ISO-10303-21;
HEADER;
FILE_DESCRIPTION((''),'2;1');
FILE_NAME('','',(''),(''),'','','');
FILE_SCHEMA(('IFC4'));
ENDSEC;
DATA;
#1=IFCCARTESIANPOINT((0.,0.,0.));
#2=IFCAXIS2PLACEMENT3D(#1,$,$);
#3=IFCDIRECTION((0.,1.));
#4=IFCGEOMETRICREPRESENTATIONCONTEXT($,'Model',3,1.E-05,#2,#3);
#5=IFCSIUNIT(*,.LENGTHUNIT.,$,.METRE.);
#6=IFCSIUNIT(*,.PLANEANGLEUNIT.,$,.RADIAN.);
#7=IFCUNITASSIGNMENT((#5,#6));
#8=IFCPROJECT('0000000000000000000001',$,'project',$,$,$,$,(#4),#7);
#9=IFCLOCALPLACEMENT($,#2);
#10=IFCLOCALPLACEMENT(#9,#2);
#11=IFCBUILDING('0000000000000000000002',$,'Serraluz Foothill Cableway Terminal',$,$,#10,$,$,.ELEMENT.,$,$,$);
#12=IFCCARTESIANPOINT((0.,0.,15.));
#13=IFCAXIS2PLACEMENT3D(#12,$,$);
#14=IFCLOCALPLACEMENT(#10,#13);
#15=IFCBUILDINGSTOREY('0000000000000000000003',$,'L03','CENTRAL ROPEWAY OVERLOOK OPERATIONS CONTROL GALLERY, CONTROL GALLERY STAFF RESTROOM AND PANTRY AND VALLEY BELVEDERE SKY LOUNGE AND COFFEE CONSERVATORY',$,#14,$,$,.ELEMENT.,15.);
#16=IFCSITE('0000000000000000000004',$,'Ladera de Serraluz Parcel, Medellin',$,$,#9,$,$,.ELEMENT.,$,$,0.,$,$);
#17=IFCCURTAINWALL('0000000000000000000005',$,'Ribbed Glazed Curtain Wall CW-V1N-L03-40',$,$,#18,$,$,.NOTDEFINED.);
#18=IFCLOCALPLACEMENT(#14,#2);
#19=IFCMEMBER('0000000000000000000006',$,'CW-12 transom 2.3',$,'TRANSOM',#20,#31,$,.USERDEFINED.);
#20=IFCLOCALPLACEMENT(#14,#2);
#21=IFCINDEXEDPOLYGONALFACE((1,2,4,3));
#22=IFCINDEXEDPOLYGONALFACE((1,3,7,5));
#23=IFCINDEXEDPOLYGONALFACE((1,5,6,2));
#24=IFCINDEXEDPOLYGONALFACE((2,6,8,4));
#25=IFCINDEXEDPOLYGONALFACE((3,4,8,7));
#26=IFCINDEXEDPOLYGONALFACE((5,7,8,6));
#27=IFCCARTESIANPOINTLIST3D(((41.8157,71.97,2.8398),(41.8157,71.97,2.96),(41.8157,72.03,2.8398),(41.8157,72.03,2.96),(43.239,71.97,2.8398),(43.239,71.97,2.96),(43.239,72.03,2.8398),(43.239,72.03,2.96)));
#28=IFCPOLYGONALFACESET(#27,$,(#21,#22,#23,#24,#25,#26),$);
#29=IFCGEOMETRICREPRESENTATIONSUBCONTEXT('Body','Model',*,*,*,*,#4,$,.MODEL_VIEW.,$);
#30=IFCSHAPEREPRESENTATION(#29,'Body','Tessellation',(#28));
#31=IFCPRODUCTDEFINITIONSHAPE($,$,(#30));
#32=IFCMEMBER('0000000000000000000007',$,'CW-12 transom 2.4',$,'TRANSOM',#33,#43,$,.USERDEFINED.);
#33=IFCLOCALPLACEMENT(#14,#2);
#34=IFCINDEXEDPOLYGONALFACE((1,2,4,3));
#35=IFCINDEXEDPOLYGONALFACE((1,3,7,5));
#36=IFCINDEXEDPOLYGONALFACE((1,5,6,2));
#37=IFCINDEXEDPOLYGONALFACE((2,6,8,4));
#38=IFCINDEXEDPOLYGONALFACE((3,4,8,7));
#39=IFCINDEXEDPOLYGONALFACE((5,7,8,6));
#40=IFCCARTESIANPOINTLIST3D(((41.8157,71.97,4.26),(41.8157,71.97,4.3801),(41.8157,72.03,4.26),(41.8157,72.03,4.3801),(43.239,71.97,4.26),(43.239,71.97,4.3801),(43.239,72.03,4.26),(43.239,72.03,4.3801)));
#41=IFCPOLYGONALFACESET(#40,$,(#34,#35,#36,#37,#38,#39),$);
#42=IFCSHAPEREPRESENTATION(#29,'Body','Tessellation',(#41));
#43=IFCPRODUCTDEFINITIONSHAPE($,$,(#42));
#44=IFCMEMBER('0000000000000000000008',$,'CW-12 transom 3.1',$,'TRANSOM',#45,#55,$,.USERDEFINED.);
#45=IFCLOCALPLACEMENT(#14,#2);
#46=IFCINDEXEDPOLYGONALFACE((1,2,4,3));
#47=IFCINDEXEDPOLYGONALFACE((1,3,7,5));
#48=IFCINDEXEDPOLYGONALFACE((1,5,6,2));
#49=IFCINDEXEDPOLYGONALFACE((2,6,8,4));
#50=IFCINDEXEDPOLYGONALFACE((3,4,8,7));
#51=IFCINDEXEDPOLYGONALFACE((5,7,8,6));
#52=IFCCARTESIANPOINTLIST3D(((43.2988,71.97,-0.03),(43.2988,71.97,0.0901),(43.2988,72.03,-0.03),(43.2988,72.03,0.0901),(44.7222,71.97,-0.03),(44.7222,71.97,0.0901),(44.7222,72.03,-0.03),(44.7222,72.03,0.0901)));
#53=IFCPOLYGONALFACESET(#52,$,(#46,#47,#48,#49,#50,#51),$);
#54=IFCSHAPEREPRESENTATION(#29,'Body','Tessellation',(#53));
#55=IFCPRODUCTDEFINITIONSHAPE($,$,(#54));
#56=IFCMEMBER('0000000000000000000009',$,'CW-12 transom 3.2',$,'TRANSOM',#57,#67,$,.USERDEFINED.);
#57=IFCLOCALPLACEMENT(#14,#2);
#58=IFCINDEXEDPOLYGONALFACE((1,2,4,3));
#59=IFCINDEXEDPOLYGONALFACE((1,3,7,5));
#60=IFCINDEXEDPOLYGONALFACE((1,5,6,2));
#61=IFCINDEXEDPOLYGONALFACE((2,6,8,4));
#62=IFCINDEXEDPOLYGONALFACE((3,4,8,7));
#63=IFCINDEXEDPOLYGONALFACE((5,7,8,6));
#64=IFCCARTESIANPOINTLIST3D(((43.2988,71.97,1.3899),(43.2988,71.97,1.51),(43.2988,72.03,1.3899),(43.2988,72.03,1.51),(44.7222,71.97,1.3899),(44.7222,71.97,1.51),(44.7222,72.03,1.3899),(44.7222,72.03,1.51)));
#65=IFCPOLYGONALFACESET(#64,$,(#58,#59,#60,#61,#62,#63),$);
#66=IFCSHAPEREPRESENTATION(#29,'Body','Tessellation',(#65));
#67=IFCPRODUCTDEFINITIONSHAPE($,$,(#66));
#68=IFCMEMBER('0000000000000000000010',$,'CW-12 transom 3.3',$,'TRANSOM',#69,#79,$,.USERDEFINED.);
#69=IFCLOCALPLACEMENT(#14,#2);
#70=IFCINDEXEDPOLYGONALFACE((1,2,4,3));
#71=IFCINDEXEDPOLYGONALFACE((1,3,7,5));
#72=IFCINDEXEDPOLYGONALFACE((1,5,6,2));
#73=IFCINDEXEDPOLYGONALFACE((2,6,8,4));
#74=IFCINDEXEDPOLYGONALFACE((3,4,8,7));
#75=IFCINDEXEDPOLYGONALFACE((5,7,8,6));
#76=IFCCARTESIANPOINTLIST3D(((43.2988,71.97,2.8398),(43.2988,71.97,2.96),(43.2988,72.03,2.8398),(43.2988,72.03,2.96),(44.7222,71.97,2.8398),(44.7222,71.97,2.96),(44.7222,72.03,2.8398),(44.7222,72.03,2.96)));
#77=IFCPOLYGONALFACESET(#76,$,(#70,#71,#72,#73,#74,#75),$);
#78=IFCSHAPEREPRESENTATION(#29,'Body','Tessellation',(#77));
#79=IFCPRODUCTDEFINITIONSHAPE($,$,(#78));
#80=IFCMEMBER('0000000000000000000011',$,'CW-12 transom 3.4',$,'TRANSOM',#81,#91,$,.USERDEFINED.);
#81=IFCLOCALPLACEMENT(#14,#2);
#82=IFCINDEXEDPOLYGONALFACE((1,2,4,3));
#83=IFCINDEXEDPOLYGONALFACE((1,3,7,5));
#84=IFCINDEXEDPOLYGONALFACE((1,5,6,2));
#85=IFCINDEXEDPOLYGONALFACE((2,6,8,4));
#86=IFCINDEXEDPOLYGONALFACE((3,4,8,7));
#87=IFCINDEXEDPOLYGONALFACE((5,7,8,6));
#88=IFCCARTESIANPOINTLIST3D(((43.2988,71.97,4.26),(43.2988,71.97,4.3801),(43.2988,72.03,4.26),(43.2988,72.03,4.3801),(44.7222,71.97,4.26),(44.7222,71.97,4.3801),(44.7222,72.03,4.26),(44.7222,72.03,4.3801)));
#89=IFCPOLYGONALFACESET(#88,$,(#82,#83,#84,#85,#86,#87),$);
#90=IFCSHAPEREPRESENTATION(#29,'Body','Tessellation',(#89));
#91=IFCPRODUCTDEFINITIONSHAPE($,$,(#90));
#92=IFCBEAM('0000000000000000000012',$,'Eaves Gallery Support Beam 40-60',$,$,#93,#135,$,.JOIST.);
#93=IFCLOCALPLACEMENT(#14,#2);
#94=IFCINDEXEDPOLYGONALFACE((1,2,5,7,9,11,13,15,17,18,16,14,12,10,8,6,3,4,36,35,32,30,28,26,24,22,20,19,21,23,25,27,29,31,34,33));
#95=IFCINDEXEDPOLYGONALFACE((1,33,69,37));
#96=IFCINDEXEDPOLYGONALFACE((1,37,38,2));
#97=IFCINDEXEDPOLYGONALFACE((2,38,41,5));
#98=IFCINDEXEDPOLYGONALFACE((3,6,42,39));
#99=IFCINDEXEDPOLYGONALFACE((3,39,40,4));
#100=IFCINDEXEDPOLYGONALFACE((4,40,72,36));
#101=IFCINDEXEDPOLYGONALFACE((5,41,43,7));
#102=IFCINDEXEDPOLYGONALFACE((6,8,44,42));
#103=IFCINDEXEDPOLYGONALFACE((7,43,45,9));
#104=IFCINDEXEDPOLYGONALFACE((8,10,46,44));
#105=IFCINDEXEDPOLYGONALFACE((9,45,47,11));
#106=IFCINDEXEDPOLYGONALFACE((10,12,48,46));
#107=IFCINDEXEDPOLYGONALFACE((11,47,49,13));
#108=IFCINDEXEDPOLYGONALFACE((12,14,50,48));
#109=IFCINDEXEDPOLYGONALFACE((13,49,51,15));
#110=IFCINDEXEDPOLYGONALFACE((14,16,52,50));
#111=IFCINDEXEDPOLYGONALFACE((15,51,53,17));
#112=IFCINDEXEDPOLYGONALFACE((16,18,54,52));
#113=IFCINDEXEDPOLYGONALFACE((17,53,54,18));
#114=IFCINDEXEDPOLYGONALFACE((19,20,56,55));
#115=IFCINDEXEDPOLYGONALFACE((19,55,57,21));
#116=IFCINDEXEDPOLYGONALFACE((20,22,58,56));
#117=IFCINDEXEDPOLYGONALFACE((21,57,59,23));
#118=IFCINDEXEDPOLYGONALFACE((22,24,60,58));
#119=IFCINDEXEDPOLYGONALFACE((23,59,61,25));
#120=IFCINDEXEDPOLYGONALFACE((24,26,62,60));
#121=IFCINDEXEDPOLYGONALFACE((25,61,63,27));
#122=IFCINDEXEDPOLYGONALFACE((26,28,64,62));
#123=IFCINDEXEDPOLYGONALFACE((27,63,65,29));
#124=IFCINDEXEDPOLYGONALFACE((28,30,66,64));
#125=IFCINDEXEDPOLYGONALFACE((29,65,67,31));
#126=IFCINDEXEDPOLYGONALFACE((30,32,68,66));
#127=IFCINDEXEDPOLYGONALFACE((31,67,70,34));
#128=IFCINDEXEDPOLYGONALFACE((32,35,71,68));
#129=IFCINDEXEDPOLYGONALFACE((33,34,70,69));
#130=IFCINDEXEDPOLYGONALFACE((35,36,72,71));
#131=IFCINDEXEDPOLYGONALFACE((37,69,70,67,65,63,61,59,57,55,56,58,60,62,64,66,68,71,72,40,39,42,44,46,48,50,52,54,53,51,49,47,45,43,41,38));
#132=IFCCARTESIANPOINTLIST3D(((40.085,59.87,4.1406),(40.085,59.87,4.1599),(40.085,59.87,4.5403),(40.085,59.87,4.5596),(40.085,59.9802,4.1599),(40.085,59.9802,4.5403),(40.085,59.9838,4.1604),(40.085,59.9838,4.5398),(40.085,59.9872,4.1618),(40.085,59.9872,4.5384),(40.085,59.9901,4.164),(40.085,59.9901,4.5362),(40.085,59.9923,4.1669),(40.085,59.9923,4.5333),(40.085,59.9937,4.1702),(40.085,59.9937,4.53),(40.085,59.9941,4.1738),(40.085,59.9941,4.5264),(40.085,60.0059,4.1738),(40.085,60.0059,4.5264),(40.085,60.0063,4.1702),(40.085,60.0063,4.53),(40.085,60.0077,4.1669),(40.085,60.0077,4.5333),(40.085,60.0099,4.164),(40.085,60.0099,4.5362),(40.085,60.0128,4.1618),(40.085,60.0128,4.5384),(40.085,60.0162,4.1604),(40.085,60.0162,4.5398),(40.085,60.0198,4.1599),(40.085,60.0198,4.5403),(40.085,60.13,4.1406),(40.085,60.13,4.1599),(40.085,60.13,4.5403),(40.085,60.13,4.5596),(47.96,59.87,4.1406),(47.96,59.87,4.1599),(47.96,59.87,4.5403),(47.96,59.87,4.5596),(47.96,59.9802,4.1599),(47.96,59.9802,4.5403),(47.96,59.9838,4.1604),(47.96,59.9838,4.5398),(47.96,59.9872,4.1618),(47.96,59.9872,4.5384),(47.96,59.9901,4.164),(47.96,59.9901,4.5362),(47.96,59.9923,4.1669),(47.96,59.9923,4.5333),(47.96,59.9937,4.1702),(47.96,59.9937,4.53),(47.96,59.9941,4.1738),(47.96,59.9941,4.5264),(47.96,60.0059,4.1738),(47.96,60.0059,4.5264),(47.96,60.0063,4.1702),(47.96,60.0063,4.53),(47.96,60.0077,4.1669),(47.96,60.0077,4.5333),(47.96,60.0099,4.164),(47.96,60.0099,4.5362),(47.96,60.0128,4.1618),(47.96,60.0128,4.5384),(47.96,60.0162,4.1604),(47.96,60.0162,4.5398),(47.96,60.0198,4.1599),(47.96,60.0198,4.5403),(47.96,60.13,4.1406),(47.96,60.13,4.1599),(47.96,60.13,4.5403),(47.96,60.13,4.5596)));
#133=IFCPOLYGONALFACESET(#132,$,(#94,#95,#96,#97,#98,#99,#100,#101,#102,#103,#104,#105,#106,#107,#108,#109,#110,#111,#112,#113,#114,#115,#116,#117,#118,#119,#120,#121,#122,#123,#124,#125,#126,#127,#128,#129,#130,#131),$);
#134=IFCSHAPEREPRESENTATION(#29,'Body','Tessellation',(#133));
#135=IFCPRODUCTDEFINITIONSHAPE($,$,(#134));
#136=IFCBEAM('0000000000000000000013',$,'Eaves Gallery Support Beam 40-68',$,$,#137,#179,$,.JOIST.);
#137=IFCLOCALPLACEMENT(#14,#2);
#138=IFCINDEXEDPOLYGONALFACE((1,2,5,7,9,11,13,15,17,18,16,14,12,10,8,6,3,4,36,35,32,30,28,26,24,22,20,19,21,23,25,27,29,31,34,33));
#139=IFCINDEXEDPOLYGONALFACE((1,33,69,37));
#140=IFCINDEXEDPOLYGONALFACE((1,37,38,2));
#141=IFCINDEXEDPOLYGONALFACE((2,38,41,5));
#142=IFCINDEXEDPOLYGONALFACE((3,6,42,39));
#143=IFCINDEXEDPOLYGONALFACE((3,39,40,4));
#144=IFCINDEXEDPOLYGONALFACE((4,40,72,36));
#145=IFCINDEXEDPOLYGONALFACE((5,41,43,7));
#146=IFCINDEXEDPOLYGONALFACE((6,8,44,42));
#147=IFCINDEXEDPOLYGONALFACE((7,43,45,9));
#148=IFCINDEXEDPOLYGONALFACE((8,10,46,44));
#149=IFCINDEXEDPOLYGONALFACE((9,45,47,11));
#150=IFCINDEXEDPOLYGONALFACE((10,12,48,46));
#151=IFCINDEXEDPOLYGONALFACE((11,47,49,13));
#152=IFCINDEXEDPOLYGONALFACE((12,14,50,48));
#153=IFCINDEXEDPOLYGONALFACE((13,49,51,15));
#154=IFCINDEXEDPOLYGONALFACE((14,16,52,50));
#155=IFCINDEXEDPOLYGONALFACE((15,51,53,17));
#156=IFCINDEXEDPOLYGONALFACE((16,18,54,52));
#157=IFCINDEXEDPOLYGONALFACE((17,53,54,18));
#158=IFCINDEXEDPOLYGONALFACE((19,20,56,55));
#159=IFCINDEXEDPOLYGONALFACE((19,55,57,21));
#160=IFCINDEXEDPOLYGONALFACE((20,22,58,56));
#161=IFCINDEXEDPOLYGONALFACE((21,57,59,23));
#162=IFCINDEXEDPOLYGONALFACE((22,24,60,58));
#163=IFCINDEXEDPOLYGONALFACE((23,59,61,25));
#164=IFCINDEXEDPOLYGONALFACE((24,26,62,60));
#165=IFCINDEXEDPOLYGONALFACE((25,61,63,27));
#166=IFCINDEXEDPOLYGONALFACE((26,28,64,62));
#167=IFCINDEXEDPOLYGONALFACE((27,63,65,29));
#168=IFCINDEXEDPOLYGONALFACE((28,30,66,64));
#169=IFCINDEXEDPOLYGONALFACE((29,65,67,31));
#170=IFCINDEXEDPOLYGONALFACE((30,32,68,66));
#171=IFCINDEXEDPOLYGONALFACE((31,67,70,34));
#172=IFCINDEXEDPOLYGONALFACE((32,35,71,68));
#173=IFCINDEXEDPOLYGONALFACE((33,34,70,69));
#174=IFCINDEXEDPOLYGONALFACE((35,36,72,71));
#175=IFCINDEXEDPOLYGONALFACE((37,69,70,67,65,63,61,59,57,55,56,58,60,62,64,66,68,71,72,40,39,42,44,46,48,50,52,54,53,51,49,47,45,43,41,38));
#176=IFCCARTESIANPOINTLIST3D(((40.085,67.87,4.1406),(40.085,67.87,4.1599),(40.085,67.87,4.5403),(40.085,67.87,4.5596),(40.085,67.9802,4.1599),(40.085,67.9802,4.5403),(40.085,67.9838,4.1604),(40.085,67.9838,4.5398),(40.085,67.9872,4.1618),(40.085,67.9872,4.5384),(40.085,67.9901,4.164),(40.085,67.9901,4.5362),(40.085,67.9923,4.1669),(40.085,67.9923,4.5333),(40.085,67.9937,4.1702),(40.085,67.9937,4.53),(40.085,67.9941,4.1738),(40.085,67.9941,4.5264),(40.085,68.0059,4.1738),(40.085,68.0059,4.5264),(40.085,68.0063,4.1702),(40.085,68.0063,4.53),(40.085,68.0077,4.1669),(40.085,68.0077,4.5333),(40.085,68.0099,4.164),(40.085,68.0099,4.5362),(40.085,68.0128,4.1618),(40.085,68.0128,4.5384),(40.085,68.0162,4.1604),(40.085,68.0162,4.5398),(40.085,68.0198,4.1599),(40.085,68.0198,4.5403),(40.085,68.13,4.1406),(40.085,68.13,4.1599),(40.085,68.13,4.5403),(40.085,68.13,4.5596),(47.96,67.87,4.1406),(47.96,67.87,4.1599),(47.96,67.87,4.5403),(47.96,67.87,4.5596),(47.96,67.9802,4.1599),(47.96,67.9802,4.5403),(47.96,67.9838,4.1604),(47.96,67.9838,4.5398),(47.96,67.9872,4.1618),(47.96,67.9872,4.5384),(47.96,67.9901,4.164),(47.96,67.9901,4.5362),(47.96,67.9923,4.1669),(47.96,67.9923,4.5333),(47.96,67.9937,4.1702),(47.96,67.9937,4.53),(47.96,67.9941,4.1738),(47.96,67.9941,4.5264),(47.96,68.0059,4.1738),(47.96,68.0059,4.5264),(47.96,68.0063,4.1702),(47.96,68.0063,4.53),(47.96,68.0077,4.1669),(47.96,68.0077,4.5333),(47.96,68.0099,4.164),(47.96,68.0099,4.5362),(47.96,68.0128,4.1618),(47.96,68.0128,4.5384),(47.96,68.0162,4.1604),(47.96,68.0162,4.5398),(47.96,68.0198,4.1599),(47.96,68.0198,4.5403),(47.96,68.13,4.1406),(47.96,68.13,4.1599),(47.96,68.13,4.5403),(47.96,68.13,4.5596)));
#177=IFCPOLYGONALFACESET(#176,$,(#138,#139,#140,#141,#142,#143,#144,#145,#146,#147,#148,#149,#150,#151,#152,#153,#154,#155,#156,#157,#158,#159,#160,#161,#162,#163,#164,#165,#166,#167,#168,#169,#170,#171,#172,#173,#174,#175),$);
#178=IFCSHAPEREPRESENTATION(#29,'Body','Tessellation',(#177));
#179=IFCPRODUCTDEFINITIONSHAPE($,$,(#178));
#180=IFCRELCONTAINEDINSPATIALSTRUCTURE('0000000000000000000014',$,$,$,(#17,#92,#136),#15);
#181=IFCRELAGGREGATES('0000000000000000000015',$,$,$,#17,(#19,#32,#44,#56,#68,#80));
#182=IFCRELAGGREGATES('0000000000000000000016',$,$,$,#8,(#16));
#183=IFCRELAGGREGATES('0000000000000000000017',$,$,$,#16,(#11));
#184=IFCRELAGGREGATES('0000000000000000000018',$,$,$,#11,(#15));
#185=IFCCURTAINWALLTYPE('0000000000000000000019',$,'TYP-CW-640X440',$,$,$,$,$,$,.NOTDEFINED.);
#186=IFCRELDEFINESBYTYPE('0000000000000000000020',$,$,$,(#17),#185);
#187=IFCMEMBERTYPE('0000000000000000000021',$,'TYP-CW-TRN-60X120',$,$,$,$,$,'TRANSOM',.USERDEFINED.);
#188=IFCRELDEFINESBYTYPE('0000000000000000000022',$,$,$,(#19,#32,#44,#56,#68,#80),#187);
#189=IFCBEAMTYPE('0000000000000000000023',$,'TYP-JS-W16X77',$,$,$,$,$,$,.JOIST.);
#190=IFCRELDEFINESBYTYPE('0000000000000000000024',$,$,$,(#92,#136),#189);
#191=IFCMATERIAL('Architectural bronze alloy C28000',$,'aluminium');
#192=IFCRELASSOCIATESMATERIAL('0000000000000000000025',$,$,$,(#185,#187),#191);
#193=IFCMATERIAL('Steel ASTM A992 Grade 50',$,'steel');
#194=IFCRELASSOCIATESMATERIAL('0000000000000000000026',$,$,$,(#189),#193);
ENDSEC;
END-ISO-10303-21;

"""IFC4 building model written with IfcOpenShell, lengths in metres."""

from ifc_helpers import new_model, si_unit, direction, frame, origin, origin_2d, place, context, subcontext, project, spatial, rectangle, i_section, extrude, material, material_profile, profile_set, type_object, element, aggregate, save


model = new_model("IFC4")

# Units and contexts
model_context = context("Model", 3, precision=1e-05, world=origin(), true_north=direction((0.0, 1.0)))
body_context = subcontext(model_context, "Body", "Model", "MODEL_VIEW")
ifc_project = project(units=[si_unit("LENGTHUNIT", "METRE"), si_unit("PLANEANGLEUNIT", "RADIAN")], contexts=[model_context])

# Site, building, storey
site_placement = place(None, origin())
site = spatial("IfcSite", under=ifc_project, at=site_placement, Name="Ladera de Serraluz Parcel, Medellin", CompositionType="ELEMENT", RefElevation=0.0)
building_placement = place(site_placement, origin())
building = spatial("IfcBuilding", under=site, at=building_placement, Name="Serraluz Foothill Cableway Terminal", CompositionType="ELEMENT")
storey_placement = place(building_placement, frame((0.0, 0.0, 15.0)))
storey = spatial("IfcBuildingStorey", under=building, at=storey_placement, Name="L03", Description="CENTRAL ROPEWAY OVERLOOK OPERATIONS CONTROL GALLERY, CONTROL GALLERY STAFF RESTROOM AND PANTRY AND VALLEY BELVEDERE SKY LOUNGE AND COFFEE CONSERVATORY", CompositionType="ELEMENT", Elevation=15.0)

# Shared definitions
ifc_material_1 = material(Name="Steel ASTM A992 Grade 50", Category="steel")

# Shared definitions
ifc_material_2 = material(Name="Architectural bronze alloy C28000", Category="aluminium")

# Curtain wall, members
curtain_wall_type_1 = type_object("IfcCurtainWallType", Name="TYP-CW-640X440", PredefinedType="NOTDEFINED", material=ifc_material_2)
curtain_wall_1_placement = place(storey_placement, origin())
curtain_wall_1 = element("IfcCurtainWall", 1, at=curtain_wall_1_placement, inside=storey, type_object=curtain_wall_type_1, Name="Ribbed Glazed Curtain Wall CW-V1N-L03-40", PredefinedType="NOTDEFINED")
ifc_material_profile_1 = material_profile(ifc_material_2, rectangle(XDim=0.0601, YDim=0.1201, at=origin_2d()), Name="ALU TRANSOM 60x120")
ifc_profile_set_1 = profile_set([ifc_material_profile_1], Name="Architectural bronze alloy C28000")
member_type_1 = type_object("IfcMemberType", Name="TYP-CW-TRN-60X120", ElementType="TRANSOM", PredefinedType="USERDEFINED", material=ifc_profile_set_1)
member_1_placement = place(storey_placement, frame((41.8157, 72.0, 2.8999), z_axis=(1.0, 0.0, 0.0), x_axis=(0.0, 1.0, 0.0)))
member_1 = element("IfcMember", 2, at=member_1_placement, type_object=member_type_1, Name="CW-12 transom 2.3", ObjectType="TRANSOM", PredefinedType="USERDEFINED", context=body_context, shape_type="SweptSolid", body=[
    extrude(rectangle(XDim=0.0601, YDim=0.1201, at=origin_2d()), origin(), (0.0, 0.0, 1.0), 1.4233),
])
member_2_placement = place(storey_placement, frame((41.8157, 72.0, 4.3201), z_axis=(1.0, 0.0, 0.0), x_axis=(0.0, 1.0, 0.0)))
member_2 = element("IfcMember", 3, at=member_2_placement, type_object=member_type_1, Name="CW-12 transom 2.4", ObjectType="TRANSOM", PredefinedType="USERDEFINED", context=body_context, shape_type="SweptSolid", body=[
    extrude(rectangle(XDim=0.0601, YDim=0.1201, at=origin_2d()), origin(), (0.0, 0.0, 1.0), 1.4233),
])
member_3_placement = place(storey_placement, frame((43.2988, 72.0, 0.03), z_axis=(1.0, 0.0, 0.0), x_axis=(0.0, 1.0, 0.0)))
member_3 = element("IfcMember", 4, at=member_3_placement, type_object=member_type_1, Name="CW-12 transom 3.1", ObjectType="TRANSOM", PredefinedType="USERDEFINED", context=body_context, shape_type="SweptSolid", body=[
    extrude(rectangle(XDim=0.0601, YDim=0.1201, at=origin_2d()), origin(), (0.0, 0.0, 1.0), 1.4233),
])
member_4_placement = place(storey_placement, frame((43.2988, 72.0, 1.45), z_axis=(1.0, 0.0, 0.0), x_axis=(0.0, 1.0, 0.0)))
member_4 = element("IfcMember", 5, at=member_4_placement, type_object=member_type_1, Name="CW-12 transom 3.2", ObjectType="TRANSOM", PredefinedType="USERDEFINED", context=body_context, shape_type="SweptSolid", body=[
    extrude(rectangle(XDim=0.0601, YDim=0.1201, at=origin_2d()), origin(), (0.0, 0.0, 1.0), 1.4233),
])
member_5_placement = place(storey_placement, frame((43.2988, 72.0, 2.8999), z_axis=(1.0, 0.0, 0.0), x_axis=(0.0, 1.0, 0.0)))
member_5 = element("IfcMember", 6, at=member_5_placement, type_object=member_type_1, Name="CW-12 transom 3.3", ObjectType="TRANSOM", PredefinedType="USERDEFINED", context=body_context, shape_type="SweptSolid", body=[
    extrude(rectangle(XDim=0.0601, YDim=0.1201, at=origin_2d()), origin(), (0.0, 0.0, 1.0), 1.4233),
])
member_6_placement = place(storey_placement, frame((43.2988, 72.0, 4.3201), z_axis=(1.0, 0.0, 0.0), x_axis=(0.0, 1.0, 0.0)))
member_6 = element("IfcMember", 7, at=member_6_placement, type_object=member_type_1, Name="CW-12 transom 3.4", ObjectType="TRANSOM", PredefinedType="USERDEFINED", context=body_context, shape_type="SweptSolid", body=[
    extrude(rectangle(XDim=0.0601, YDim=0.1201, at=origin_2d()), origin(), (0.0, 0.0, 1.0), 1.4233),
])

# Beams
ifc_material_profile_2 = material_profile(ifc_material_1, i_section(OverallWidth=0.26, OverallDepth=0.4189, WebThickness=0.0117, FlangeThickness=0.0193, FilletRadius=0.0139, at=origin_2d()), Name="W16X77")
ifc_profile_set_2 = profile_set([ifc_material_profile_2], Name="Steel ASTM A992 Grade 50")
beam_type_1 = type_object("IfcBeamType", Name="TYP-JS-W16X77", PredefinedType="JOIST", material=ifc_profile_set_2)
for number, where, z_axis, x_axis, name in (
    (8, (40.085, 60.0, 4.3501), (1.0, 0.0, 0.0), (0.0, 1.0, 0.0), "Eaves Gallery Support Beam 40-60"),
    (9, (40.085, 68.0, 4.3501), (1.0, 0.0, 0.0), (0.0, 1.0, 0.0), "Eaves Gallery Support Beam 40-68"),
):
    element("IfcBeam", number, at=place(storey_placement, frame(where, z_axis=z_axis, x_axis=x_axis)), inside=storey, type_object=beam_type_1, Name=name, PredefinedType="JOIST", context=body_context, shape_type="SweptSolid", body=[
        extrude(i_section(OverallWidth=0.26, OverallDepth=0.4189, WebThickness=0.0117, FlangeThickness=0.0193, FilletRadius=0.0139, at=origin_2d()), origin(), (0.0, 0.0, 1.0), 7.875),
    ])

aggregate(curtain_wall_1, [member_1, member_2, member_3, member_4, member_5, member_6])

save(model, "model.ifc")
